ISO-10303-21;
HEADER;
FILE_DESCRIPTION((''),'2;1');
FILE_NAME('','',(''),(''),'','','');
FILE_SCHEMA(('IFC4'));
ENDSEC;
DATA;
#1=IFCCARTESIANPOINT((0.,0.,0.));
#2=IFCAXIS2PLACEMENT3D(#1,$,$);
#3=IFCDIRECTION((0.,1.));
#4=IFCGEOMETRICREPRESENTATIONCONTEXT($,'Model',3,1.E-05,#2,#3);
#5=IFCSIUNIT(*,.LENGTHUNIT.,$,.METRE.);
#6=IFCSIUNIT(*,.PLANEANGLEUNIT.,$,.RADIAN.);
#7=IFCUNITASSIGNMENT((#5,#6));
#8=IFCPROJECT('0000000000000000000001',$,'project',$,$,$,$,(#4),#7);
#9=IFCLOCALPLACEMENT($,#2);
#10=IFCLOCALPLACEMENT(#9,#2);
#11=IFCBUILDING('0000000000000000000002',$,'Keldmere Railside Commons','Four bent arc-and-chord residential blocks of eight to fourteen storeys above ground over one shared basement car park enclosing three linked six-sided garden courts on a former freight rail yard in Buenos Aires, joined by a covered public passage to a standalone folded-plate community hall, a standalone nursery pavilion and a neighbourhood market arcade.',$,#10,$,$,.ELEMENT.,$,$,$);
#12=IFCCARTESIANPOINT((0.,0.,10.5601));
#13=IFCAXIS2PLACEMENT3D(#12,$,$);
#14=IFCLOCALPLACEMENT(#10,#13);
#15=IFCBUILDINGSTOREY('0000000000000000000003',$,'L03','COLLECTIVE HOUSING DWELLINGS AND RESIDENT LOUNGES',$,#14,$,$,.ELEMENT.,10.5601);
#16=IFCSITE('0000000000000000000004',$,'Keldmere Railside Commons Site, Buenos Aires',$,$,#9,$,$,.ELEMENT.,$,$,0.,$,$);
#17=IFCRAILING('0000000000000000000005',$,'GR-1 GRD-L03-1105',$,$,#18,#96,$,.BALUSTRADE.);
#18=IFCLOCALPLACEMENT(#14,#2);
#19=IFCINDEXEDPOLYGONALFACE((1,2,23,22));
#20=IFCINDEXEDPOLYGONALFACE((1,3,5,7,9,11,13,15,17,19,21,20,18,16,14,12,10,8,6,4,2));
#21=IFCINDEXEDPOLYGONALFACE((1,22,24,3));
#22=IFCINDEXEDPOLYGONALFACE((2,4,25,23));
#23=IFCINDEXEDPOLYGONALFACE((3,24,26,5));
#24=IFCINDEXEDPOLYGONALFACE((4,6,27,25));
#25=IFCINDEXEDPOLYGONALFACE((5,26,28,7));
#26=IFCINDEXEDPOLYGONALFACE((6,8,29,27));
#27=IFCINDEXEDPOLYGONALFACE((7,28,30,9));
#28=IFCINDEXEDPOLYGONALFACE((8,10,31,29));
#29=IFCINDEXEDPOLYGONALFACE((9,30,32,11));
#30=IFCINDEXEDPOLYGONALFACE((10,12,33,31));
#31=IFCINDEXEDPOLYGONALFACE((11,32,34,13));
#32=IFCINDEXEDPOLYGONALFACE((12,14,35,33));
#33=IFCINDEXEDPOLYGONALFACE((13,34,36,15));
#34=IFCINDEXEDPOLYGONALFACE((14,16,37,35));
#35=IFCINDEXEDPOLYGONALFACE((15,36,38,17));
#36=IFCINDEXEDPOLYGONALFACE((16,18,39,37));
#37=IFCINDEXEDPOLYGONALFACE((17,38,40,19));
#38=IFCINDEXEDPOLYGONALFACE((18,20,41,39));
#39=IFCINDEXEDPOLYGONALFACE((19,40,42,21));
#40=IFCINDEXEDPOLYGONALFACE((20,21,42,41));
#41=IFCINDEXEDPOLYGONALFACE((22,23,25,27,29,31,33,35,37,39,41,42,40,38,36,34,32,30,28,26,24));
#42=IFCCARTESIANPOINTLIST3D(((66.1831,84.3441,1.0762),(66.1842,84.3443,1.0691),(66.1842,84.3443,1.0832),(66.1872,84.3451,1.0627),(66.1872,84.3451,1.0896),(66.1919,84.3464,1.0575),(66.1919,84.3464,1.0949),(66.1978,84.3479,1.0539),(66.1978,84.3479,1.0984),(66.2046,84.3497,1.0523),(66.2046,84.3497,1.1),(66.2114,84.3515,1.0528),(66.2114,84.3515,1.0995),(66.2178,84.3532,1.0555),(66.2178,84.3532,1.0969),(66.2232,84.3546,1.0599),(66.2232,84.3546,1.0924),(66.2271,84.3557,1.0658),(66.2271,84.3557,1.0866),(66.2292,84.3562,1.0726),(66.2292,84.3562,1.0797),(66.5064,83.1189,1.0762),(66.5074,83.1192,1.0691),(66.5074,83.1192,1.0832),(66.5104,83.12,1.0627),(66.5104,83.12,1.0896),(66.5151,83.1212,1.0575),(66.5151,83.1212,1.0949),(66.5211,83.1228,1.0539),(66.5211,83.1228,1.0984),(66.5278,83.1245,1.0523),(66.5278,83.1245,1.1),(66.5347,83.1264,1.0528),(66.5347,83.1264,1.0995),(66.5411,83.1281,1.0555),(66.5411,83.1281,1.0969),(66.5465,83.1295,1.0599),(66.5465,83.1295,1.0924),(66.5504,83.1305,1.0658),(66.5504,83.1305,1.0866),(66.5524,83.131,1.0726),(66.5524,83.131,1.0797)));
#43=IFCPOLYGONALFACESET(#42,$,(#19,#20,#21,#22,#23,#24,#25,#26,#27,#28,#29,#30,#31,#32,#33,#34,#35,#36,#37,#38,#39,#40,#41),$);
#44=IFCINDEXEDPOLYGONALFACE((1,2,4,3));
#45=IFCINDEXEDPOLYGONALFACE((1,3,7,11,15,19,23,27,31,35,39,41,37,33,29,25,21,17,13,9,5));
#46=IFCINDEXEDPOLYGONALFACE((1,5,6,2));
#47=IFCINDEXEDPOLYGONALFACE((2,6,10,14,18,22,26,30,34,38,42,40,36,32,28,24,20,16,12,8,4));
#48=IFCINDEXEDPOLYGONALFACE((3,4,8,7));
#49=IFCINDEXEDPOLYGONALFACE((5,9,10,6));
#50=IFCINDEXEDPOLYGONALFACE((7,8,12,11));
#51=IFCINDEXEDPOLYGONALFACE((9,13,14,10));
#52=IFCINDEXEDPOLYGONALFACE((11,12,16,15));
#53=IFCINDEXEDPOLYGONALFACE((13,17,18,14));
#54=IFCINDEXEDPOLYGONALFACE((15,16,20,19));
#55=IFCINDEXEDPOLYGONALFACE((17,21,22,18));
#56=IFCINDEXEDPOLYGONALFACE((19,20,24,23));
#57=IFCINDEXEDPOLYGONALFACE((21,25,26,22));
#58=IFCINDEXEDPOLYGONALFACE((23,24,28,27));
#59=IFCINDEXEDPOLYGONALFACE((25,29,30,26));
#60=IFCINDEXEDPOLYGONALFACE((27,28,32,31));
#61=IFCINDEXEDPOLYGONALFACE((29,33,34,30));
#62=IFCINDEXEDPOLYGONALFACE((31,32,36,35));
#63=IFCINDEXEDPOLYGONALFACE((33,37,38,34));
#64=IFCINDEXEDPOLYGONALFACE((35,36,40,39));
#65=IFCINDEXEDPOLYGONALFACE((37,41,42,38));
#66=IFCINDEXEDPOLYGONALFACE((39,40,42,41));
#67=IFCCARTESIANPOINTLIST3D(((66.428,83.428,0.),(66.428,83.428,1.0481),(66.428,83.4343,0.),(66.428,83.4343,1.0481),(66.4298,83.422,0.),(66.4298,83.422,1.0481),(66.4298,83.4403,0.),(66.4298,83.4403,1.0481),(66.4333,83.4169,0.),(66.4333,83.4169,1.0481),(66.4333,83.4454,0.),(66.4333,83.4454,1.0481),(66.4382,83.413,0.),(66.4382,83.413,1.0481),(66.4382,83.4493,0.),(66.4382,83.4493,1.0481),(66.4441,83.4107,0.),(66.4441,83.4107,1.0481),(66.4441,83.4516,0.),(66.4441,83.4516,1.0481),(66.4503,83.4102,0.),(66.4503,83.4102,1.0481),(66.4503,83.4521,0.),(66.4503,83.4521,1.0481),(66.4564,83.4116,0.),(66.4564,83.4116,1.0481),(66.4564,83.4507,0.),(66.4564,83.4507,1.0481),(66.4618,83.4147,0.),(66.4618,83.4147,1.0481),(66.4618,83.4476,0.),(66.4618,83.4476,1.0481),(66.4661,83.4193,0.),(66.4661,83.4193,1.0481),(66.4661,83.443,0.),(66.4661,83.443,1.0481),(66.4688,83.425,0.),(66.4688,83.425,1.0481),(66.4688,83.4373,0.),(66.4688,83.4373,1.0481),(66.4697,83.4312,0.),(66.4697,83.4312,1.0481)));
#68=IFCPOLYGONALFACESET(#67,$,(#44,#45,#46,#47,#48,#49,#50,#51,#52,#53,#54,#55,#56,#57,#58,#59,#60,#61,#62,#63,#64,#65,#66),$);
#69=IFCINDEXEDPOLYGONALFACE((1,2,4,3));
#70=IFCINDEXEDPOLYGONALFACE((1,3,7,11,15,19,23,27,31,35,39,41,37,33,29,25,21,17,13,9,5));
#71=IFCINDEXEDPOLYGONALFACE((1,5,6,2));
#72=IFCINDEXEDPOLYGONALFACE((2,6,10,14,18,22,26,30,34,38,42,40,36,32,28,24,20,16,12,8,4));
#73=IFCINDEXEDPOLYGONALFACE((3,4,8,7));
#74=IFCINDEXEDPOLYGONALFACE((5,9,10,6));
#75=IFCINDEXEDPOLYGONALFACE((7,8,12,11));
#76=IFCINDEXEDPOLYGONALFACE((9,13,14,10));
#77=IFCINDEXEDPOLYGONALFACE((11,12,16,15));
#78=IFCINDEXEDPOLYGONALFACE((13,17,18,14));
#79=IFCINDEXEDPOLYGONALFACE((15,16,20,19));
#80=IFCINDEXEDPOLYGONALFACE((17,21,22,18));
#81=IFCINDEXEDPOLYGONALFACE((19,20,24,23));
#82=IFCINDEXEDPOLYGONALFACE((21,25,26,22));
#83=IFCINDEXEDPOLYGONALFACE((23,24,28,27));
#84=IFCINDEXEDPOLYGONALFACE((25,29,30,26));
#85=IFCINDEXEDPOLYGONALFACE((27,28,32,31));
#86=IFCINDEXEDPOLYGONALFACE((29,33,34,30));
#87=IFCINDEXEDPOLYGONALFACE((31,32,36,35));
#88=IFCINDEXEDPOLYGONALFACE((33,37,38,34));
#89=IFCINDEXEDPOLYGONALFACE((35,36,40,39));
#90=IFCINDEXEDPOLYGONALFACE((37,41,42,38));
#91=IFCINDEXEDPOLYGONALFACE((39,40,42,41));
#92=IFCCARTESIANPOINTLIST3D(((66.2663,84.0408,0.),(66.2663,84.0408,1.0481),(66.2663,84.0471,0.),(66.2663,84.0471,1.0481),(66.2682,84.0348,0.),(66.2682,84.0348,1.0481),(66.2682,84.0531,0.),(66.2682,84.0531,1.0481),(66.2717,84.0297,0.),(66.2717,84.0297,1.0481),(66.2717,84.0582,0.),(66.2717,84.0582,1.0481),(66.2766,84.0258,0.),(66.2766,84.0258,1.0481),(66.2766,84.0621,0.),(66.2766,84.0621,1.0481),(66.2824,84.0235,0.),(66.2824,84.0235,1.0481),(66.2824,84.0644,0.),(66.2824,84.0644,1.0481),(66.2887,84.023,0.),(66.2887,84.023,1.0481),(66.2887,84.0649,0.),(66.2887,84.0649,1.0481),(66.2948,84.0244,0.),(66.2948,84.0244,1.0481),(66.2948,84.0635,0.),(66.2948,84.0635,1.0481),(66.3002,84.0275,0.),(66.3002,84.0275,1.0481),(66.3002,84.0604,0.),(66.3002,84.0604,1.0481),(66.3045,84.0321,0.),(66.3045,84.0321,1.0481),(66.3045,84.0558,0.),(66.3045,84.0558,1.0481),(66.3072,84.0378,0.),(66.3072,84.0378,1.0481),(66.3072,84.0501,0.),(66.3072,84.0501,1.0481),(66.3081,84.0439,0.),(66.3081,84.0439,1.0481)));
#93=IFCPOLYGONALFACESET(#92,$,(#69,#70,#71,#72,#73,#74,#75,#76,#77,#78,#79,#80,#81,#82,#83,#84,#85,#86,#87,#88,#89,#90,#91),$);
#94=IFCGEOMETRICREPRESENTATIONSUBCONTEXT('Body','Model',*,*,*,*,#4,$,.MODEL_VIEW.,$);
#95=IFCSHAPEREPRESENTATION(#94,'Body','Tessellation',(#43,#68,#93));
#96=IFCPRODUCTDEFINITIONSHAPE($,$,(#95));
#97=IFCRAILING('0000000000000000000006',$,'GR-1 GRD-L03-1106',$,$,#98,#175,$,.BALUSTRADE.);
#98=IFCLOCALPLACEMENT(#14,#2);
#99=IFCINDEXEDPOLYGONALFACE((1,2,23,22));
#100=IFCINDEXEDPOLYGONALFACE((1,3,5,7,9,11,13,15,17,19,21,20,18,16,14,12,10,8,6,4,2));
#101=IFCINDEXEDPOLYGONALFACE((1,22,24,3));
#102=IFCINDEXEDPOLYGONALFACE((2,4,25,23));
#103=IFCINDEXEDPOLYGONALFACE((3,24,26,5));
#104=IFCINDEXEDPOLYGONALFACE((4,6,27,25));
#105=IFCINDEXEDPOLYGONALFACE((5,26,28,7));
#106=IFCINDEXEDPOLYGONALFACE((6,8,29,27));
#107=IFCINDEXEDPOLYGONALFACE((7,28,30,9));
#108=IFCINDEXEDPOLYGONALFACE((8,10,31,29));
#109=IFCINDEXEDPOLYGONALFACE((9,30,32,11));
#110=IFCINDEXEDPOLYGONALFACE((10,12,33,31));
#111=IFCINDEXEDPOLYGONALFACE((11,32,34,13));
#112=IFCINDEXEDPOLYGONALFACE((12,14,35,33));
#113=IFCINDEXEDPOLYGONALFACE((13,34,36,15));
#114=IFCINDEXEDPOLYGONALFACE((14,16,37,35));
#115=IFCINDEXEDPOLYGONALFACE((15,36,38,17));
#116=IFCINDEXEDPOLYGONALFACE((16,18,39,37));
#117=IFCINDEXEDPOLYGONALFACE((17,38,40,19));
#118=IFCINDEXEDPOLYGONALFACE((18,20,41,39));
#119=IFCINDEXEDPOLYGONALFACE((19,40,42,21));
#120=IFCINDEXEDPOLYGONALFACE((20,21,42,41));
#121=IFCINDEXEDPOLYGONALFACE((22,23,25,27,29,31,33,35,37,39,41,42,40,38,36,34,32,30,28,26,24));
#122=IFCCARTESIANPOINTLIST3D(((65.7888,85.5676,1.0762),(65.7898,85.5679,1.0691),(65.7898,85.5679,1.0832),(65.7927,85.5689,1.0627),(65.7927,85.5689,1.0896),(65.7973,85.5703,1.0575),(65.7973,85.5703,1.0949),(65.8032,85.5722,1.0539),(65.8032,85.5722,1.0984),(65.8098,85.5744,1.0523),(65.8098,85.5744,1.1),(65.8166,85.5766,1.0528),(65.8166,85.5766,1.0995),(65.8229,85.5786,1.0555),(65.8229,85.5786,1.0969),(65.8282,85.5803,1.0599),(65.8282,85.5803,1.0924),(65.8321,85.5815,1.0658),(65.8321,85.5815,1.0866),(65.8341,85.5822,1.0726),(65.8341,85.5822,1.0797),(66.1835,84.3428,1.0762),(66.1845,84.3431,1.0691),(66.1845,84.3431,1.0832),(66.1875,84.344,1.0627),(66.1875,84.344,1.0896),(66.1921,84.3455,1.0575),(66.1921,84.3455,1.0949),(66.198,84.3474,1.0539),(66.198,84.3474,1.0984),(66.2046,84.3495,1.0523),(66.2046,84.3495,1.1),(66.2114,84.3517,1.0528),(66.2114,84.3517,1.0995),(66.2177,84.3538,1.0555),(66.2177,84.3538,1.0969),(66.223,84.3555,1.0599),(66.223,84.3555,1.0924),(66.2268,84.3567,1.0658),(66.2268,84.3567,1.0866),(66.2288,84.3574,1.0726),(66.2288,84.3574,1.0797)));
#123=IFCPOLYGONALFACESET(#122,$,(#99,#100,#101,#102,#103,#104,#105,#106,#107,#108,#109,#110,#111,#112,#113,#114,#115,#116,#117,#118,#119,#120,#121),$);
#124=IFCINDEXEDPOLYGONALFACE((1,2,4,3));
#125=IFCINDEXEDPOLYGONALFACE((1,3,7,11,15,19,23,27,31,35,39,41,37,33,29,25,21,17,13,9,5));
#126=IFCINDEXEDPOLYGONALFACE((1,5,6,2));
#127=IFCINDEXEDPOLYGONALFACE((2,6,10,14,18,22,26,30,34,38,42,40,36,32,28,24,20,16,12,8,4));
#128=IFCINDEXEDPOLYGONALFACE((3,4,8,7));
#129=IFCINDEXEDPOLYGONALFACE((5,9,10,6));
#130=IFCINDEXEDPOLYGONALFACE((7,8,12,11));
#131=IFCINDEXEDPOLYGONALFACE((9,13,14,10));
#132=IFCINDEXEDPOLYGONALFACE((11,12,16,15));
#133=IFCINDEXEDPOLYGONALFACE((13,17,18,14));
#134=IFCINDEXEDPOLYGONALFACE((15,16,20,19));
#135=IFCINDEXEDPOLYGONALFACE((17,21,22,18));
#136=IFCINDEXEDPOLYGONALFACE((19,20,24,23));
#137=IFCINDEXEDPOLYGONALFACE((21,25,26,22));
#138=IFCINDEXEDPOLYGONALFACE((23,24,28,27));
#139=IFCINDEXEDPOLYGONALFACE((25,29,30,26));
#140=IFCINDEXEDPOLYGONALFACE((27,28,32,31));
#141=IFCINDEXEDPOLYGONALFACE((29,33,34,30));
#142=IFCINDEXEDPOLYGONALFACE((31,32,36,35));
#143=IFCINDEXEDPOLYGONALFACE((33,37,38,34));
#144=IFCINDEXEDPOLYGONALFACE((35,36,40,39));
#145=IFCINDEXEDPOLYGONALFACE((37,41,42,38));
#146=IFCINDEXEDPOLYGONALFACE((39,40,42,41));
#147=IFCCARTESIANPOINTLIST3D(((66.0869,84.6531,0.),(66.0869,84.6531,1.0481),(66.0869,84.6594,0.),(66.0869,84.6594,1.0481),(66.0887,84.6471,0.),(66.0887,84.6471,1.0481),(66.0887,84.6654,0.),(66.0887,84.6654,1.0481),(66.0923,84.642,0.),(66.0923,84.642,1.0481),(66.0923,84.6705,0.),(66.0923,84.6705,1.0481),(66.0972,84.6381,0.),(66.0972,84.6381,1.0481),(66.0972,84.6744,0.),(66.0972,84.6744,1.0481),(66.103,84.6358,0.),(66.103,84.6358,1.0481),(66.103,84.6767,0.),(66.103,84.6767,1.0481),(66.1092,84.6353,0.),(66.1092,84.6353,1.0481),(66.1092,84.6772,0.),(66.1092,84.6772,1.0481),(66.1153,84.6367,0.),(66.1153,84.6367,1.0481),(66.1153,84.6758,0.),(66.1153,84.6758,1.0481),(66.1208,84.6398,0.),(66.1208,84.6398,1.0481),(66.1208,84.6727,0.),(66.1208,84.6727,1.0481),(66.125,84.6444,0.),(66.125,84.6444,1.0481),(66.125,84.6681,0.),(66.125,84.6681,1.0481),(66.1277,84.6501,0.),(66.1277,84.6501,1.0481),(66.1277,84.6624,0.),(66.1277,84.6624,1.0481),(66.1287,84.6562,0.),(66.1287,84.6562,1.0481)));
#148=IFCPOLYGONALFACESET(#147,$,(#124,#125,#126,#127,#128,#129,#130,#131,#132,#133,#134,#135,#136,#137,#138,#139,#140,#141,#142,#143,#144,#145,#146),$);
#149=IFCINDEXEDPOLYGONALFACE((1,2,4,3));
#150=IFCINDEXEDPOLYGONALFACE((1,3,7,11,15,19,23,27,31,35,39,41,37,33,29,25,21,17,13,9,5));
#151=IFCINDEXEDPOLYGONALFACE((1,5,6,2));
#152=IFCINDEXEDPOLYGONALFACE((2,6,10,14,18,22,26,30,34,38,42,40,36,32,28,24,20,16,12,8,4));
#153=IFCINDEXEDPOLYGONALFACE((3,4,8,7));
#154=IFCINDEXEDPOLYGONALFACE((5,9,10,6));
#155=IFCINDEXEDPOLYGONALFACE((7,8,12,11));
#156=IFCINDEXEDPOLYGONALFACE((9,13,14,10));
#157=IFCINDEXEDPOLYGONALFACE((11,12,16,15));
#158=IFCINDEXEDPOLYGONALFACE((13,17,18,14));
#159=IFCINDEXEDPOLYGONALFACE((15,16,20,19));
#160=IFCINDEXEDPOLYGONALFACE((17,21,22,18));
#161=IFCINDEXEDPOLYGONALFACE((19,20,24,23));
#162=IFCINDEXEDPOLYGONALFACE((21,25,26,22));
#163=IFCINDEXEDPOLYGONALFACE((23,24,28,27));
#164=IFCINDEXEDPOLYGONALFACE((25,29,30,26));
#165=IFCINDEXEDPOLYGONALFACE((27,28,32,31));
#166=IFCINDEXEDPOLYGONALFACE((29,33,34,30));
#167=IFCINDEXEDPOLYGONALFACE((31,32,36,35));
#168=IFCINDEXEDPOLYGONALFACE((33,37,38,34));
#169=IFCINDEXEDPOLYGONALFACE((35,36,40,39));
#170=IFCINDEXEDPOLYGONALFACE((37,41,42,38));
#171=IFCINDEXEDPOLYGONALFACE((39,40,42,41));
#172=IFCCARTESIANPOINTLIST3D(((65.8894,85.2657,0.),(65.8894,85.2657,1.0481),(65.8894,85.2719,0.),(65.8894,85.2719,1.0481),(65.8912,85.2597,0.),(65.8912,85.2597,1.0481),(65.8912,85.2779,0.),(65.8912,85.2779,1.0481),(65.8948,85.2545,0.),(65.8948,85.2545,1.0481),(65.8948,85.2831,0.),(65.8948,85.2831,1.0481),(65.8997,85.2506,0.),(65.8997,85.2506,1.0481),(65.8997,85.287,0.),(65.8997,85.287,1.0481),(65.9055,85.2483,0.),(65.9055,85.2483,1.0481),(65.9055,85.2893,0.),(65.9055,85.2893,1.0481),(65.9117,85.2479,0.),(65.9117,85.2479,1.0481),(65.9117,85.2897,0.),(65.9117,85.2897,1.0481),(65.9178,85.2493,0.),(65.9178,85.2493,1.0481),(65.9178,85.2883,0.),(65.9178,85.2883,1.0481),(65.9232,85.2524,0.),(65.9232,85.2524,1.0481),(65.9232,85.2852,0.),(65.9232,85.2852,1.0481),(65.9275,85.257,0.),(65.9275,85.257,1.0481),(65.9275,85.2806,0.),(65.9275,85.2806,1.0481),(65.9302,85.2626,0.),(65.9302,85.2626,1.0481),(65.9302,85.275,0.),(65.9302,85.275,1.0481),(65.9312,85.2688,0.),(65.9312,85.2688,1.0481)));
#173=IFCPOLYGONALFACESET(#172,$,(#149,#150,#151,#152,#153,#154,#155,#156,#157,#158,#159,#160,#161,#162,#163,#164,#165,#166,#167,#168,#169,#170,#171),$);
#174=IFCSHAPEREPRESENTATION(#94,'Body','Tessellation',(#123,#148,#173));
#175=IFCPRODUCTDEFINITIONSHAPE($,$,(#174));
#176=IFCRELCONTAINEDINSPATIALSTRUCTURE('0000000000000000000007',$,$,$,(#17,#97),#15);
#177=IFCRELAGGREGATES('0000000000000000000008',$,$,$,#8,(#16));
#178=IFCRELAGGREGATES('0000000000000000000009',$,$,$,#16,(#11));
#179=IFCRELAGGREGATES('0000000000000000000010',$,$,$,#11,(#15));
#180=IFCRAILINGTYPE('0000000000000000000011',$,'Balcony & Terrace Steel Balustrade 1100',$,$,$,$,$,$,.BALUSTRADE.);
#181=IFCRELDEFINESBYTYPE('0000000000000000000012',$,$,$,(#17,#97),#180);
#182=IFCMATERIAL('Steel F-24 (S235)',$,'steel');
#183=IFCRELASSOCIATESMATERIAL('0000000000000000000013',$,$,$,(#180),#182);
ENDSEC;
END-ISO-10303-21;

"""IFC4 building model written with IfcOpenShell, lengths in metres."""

from ifc_helpers import new_model, si_unit, direction, frame, origin, origin_2d, place, context, subcontext, project, spatial, circle, extrude, material, type_object, element, save


model = new_model("IFC4")

# Units and contexts
model_context = context("Model", 3, precision=1e-05, world=origin(), true_north=direction((0.0, 1.0)))
body_context = subcontext(model_context, "Body", "Model", "MODEL_VIEW")
ifc_project = project(units=[si_unit("LENGTHUNIT", "METRE"), si_unit("PLANEANGLEUNIT", "RADIAN")], contexts=[model_context])

# Site, building, storey
site_placement = place(None, origin())
site = spatial("IfcSite", under=ifc_project, at=site_placement, Name="Keldmere Railside Commons Site, Buenos Aires", CompositionType="ELEMENT", RefElevation=0.0)
building_placement = place(site_placement, origin())
building = spatial("IfcBuilding", under=site, at=building_placement, Name="Keldmere Railside Commons", Description="Four bent arc-and-chord residential blocks of eight to fourteen storeys above ground over one shared basement car park enclosing three linked six-sided garden courts on a former freight rail yard in Buenos Aires, joined by a covered public passage to a standalone folded-plate community hall, a standalone nursery pavilion and a neighbourhood market arcade.", CompositionType="ELEMENT")
storey_placement = place(building_placement, frame((0.0, 0.0, 10.5601)))
storey = spatial("IfcBuildingStorey", under=building, at=storey_placement, Name="L03", Description="COLLECTIVE HOUSING DWELLINGS AND RESIDENT LOUNGES", CompositionType="ELEMENT", Elevation=10.5601)

# Railings
ifc_material_1 = material(Name="Steel F-24 (S235)", Category="steel")
railing_type = type_object("IfcRailingType", Name="Balcony & Terrace Steel Balustrade 1100", PredefinedType="BALUSTRADE", material=ifc_material_1)
railing_1_placement = place(storey_placement, frame((66.5295, 83.125, 0.0)))
element("IfcRailing", 1, at=railing_1_placement, inside=storey, type_object=railing_type, Name="GR-1 GRD-L03-1105", PredefinedType="BALUSTRADE", context=body_context, shape_type="SweptSolid", body=[
    extrude(circle(Radius=0.0239, at=origin_2d()), frame((0.0, 0.0, 1.0762), z_axis=(-0.255119, 0.96691, 0.0), x_axis=(-0.96691, -0.255119, 0.0)), (0.0, 0.0, 1.0), 1.2671),
    extrude(circle(Radius=0.021, at=origin_2d()), frame((-0.0808, 0.3062, 0.0)), (0.0, 0.0, 1.0), 1.0481),
    extrude(circle(Radius=0.021, at=origin_2d()), frame((-0.2424, 0.9189, 0.0)), (0.0, 0.0, 1.0), 1.0481),
])
railing_2_placement = place(storey_placement, frame((66.2063, 84.3501, 0.0)))
element("IfcRailing", 2, at=railing_2_placement, inside=storey, type_object=railing_type, Name="GR-1 GRD-L03-1106", PredefinedType="BALUSTRADE", context=body_context, shape_type="SweptSolid", body=[
    extrude(circle(Radius=0.0239, at=origin_2d()), frame((0.0, 0.0, 1.0762), z_axis=(-0.306764, 0.951785, 0.0), x_axis=(-0.951785, -0.306764, 0.0)), (0.0, 0.0, 1.0), 1.2869),
    extrude(circle(Radius=0.021, at=origin_2d()), frame((-0.0986, 0.3062, 0.0)), (0.0, 0.0, 1.0), 1.0481),
    extrude(circle(Radius=0.021, at=origin_2d()), frame((-0.2961, 0.9187, 0.0)), (0.0, 0.0, 1.0), 1.0481),
])

save(model, "model.ifc")
